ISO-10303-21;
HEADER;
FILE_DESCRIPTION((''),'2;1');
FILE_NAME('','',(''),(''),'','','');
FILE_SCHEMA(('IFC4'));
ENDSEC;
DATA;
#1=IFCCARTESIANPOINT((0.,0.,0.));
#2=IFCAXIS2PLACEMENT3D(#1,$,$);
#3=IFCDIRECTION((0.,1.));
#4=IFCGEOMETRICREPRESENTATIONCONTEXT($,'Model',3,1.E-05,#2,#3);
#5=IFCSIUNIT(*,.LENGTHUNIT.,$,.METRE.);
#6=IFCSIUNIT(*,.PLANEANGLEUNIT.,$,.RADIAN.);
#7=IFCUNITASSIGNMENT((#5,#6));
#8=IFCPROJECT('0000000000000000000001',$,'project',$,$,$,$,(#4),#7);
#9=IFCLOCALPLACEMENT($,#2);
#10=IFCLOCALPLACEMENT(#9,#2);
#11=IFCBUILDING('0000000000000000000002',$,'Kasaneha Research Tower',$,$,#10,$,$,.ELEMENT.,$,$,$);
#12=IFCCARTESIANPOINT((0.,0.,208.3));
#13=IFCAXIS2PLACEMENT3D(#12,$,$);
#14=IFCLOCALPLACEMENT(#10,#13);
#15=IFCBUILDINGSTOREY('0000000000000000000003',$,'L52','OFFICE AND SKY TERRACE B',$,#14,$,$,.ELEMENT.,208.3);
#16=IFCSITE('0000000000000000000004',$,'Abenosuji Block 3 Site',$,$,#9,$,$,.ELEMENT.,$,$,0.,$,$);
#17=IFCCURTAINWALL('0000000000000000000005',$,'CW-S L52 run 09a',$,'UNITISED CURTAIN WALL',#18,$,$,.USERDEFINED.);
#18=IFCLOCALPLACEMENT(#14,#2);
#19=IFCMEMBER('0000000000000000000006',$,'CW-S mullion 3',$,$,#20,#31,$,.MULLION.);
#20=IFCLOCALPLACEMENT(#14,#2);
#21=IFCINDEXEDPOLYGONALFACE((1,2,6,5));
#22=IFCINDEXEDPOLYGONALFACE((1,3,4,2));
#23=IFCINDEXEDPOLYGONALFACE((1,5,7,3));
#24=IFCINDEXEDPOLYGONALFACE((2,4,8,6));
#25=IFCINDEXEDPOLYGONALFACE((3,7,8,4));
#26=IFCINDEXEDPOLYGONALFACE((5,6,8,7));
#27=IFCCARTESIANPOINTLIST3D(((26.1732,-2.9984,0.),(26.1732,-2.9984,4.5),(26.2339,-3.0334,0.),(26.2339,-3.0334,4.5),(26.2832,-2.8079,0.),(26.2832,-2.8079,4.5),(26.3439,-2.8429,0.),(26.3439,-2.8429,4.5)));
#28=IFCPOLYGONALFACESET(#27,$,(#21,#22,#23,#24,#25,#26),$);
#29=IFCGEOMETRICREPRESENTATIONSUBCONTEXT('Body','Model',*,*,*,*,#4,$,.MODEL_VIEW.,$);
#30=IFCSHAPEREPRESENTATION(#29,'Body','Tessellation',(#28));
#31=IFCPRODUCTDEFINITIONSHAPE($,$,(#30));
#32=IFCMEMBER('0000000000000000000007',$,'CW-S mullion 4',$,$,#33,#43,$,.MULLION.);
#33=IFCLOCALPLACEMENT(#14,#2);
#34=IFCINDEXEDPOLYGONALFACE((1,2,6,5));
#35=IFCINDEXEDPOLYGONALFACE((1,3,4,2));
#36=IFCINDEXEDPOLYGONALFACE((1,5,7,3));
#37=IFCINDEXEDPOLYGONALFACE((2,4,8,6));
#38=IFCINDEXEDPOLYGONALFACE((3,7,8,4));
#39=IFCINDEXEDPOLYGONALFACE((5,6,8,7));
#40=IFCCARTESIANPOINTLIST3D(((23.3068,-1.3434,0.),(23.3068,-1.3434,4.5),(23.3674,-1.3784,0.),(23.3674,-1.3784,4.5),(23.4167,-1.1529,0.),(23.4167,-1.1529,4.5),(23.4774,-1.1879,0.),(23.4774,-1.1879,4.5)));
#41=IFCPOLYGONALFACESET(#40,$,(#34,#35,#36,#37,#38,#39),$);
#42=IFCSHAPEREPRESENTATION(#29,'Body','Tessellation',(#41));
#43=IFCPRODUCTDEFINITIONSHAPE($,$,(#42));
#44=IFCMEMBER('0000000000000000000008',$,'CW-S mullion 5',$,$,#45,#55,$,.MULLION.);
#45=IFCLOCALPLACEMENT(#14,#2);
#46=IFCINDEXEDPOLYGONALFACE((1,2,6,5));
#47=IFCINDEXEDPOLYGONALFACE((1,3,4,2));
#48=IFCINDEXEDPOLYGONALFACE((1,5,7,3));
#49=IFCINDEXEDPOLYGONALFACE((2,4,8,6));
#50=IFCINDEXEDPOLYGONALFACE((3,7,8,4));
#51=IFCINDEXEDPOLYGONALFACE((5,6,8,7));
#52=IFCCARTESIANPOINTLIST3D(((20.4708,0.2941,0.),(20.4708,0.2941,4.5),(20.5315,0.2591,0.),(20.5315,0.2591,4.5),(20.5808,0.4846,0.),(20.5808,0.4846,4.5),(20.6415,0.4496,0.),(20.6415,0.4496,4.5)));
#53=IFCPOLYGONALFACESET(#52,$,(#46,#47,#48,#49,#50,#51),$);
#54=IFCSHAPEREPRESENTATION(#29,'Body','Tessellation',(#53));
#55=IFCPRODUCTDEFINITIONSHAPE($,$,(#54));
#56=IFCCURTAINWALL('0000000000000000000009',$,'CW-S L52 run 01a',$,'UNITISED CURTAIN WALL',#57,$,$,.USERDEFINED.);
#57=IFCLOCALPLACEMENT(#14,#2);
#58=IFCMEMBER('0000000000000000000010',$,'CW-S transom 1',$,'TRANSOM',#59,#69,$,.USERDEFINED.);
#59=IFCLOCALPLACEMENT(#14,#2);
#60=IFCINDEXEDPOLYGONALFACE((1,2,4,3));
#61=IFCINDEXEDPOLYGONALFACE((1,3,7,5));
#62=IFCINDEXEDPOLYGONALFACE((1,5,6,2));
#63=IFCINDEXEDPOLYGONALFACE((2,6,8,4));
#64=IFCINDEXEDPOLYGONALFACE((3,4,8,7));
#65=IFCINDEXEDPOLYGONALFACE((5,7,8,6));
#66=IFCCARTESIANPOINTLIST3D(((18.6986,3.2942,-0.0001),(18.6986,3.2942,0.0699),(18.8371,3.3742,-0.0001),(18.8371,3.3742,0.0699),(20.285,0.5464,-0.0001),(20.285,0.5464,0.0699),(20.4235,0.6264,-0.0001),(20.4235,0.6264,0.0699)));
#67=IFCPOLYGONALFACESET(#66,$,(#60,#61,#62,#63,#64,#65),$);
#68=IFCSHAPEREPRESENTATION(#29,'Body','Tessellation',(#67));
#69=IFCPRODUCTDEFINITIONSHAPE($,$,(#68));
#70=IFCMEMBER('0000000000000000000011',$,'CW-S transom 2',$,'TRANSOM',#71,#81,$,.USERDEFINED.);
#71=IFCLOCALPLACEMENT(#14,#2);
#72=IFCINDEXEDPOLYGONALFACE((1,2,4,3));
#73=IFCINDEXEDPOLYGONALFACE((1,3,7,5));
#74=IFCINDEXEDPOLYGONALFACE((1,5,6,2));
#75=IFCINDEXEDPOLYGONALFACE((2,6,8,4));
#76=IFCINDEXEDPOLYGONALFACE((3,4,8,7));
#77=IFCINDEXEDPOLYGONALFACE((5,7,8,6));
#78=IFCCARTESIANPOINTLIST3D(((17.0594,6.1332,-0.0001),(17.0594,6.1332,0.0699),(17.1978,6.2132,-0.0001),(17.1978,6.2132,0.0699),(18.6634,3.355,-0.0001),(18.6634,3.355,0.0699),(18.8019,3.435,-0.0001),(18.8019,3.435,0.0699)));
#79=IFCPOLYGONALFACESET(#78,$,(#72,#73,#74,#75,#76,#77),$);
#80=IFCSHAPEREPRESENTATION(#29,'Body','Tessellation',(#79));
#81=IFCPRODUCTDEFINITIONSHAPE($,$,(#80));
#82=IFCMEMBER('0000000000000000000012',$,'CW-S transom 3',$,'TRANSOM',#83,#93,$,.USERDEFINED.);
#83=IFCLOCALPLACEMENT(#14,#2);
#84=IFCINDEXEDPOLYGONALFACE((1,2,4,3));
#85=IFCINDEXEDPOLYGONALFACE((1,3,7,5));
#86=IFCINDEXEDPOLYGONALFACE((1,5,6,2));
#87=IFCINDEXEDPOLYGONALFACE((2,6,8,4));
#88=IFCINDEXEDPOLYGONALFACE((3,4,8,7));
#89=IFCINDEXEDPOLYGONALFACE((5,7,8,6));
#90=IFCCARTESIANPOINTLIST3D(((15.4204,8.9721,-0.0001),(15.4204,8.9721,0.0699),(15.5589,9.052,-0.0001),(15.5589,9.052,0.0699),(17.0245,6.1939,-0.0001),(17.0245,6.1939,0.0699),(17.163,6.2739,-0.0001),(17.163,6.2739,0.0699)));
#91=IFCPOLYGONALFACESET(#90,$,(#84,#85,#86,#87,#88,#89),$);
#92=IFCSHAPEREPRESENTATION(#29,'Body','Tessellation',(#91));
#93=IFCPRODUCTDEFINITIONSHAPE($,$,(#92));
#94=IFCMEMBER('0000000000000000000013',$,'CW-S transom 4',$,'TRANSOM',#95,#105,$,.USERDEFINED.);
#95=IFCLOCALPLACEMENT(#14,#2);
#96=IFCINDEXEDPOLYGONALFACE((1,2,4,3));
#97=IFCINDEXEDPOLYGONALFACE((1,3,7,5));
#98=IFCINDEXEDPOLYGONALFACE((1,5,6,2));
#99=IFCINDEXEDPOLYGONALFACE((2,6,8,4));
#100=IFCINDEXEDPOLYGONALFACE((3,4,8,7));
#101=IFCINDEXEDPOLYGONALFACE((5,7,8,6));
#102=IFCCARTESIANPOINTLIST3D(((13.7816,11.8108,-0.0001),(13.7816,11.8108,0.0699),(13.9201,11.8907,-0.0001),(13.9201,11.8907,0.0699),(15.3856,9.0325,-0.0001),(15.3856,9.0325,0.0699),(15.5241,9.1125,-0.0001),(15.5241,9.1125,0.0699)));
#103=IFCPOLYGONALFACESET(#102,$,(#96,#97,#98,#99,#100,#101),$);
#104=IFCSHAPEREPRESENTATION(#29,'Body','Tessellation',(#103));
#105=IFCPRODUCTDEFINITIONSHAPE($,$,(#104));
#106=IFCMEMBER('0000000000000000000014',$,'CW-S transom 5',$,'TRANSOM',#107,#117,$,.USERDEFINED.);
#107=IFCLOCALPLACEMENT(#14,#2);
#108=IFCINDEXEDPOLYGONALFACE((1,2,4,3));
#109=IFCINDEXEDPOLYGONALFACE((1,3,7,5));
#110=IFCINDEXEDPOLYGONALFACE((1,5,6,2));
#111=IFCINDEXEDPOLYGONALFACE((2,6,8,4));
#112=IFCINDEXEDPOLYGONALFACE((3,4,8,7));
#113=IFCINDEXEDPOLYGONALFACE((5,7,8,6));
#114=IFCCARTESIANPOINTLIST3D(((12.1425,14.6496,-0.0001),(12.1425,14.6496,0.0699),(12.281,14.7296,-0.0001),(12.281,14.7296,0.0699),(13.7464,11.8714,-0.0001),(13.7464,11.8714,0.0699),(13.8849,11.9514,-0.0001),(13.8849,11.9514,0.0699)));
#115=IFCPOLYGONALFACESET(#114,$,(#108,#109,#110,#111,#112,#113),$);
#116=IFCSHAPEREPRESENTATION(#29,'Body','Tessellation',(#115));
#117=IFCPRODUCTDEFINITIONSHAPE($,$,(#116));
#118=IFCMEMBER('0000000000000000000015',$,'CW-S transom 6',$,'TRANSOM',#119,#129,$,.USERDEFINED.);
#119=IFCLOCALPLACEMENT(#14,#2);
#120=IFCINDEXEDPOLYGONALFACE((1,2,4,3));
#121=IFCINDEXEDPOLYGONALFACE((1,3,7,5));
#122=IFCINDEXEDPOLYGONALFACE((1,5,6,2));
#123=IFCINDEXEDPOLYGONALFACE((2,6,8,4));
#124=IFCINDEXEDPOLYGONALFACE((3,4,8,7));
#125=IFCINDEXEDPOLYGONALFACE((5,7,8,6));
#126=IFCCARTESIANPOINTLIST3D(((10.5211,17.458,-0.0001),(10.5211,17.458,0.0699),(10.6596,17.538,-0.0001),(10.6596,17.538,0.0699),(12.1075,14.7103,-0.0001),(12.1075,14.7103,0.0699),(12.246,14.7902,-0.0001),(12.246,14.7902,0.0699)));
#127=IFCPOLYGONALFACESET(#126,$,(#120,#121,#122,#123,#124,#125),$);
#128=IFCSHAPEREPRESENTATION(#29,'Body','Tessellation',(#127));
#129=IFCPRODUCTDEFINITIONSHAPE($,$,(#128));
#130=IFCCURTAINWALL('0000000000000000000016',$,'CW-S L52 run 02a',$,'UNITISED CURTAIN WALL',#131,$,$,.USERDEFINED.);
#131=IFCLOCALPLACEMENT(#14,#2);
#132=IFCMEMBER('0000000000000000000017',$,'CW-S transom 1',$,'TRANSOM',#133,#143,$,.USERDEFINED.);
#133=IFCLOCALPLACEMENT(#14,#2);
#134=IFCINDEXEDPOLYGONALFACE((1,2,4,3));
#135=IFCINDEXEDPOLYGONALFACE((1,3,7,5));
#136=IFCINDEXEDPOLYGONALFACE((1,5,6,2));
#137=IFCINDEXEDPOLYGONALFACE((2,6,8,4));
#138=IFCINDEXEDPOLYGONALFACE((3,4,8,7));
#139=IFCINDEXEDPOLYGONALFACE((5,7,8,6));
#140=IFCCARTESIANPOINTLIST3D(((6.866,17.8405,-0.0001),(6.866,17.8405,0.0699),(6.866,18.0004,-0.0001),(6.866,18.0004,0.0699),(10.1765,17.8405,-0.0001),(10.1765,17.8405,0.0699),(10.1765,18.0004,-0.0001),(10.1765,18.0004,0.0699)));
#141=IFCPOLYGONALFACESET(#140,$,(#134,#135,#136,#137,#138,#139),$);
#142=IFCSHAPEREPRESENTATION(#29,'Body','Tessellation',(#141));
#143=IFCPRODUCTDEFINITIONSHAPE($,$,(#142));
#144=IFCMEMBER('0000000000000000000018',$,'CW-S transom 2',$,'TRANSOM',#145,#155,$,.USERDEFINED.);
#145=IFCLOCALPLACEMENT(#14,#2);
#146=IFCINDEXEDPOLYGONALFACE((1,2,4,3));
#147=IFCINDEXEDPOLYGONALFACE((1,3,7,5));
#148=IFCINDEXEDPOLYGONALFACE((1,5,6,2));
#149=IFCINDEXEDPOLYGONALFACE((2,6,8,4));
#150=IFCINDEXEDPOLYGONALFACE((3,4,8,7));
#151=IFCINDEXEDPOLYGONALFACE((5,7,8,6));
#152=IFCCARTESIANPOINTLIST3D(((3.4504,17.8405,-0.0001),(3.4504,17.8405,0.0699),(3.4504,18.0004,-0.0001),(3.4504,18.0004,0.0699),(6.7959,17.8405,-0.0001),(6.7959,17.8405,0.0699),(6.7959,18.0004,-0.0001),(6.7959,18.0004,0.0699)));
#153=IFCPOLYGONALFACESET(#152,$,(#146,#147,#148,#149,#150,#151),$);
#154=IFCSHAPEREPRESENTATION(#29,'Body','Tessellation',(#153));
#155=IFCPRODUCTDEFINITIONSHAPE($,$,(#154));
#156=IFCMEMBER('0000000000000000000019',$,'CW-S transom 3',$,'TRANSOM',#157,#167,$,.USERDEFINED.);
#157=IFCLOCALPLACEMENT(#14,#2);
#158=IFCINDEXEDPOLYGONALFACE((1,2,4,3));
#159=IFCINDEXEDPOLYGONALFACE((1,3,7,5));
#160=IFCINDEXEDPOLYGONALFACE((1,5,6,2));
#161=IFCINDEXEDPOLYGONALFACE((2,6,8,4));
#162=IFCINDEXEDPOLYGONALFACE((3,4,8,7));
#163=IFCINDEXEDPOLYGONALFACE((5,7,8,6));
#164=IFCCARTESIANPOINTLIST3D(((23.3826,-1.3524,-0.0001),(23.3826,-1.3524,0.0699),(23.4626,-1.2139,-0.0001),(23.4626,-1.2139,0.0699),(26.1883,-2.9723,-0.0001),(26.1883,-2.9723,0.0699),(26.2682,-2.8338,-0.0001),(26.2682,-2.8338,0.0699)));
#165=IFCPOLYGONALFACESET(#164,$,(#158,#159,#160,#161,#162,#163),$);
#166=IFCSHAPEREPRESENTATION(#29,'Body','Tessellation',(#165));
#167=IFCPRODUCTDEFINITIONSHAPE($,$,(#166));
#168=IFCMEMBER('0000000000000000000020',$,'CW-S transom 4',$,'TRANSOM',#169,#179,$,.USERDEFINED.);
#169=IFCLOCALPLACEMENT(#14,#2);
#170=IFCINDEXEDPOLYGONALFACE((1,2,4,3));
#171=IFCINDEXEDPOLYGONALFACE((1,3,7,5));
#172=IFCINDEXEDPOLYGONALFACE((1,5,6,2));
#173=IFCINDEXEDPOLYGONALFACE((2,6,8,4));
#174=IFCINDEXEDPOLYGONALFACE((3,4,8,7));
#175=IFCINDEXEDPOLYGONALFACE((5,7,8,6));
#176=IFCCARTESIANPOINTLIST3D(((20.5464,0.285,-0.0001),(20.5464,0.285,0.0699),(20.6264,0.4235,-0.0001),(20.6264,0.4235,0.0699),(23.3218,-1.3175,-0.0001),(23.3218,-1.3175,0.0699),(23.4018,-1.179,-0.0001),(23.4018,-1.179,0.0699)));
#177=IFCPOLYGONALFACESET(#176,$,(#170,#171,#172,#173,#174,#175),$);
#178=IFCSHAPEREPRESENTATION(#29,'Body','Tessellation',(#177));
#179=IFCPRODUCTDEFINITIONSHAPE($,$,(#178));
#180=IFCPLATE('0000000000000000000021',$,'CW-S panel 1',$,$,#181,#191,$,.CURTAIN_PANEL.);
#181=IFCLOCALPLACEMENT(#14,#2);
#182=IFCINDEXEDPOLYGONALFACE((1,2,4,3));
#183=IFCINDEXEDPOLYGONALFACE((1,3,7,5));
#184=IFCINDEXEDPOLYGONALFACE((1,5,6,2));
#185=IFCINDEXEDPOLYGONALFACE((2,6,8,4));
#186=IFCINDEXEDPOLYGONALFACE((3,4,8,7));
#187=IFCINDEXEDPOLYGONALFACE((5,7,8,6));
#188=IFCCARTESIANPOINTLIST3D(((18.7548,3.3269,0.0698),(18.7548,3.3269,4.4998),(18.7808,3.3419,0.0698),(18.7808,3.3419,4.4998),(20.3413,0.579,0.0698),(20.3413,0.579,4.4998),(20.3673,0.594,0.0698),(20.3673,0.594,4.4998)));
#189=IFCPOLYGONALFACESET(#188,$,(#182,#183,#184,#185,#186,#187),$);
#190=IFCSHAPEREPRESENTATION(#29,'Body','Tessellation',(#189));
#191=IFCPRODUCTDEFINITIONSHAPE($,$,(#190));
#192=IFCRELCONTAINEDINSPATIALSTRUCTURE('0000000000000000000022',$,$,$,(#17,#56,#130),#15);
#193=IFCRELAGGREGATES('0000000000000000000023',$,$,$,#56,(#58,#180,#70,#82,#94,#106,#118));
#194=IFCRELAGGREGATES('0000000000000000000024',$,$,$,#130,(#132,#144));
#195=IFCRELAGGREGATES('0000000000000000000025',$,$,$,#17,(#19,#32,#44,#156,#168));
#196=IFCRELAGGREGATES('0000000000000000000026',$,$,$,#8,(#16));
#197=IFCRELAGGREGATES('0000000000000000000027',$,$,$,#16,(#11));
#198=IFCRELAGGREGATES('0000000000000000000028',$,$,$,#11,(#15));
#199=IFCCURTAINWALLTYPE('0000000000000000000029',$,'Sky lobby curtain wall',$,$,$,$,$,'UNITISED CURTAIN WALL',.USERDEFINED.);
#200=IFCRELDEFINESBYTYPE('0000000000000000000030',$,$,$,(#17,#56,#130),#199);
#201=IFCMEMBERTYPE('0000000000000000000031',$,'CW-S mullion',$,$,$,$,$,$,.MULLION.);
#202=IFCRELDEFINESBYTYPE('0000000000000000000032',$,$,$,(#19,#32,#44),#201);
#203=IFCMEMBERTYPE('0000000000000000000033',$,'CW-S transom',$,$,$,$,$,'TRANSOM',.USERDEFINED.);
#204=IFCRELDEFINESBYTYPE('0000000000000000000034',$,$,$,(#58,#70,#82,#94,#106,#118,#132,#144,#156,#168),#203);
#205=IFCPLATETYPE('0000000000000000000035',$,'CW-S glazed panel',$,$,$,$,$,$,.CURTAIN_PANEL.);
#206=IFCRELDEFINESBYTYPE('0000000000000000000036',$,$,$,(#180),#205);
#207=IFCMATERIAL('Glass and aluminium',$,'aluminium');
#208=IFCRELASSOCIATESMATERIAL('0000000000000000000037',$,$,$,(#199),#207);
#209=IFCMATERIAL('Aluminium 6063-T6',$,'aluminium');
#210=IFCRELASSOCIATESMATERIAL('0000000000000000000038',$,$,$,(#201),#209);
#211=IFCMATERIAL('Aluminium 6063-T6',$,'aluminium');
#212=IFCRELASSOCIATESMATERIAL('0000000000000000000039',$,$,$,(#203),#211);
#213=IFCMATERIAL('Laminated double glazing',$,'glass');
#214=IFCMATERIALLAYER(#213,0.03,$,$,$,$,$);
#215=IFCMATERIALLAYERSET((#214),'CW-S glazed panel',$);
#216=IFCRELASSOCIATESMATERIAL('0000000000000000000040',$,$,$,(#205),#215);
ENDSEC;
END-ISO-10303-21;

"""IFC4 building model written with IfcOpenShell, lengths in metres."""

from ifc_helpers import new_model, si_unit, direction, frame, origin, origin_2d, place, context, subcontext, project, spatial, rectangle, extrude, material, layer, layer_set, material_profile, profile_set, type_object, element, aggregate, save


model = new_model("IFC4")

# Units and contexts
model_context = context("Model", 3, precision=1e-05, world=origin(), true_north=direction((0.0, 1.0)))
body_context = subcontext(model_context, "Body", "Model", "MODEL_VIEW")
ifc_project = project(units=[si_unit("LENGTHUNIT", "METRE"), si_unit("PLANEANGLEUNIT", "RADIAN")], contexts=[model_context])

# Site, building, storey
site_placement = place(None, origin())
site = spatial("IfcSite", under=ifc_project, at=site_placement, Name="Abenosuji Block 3 Site", CompositionType="ELEMENT", RefElevation=0.0)
building_placement = place(site_placement, origin())
building = spatial("IfcBuilding", under=site, at=building_placement, Name="Kasaneha Research Tower", CompositionType="ELEMENT")
storey_placement = place(building_placement, frame((0.0, 0.0, 208.3)))
storey = spatial("IfcBuildingStorey", under=building, at=storey_placement, Name="L52", Description="OFFICE AND SKY TERRACE B", CompositionType="ELEMENT", Elevation=208.3)

# Curtain walls, members
ifc_material_1 = material(Name="Glass and aluminium", Category="aluminium")
curtain_wall_type = type_object("IfcCurtainWallType", Name="Sky lobby curtain wall", ElementType="UNITISED CURTAIN WALL", PredefinedType="USERDEFINED", material=ifc_material_1)
curtain_wall_1_placement = place(storey_placement, origin())
curtain_wall_1 = element("IfcCurtainWall", 1, at=curtain_wall_1_placement, inside=storey, type_object=curtain_wall_type, Name="CW-S L52 run 09a", ObjectType="UNITISED CURTAIN WALL", PredefinedType="USERDEFINED")
ifc_material_2 = material(Name="Aluminium 6063-T6", Category="aluminium")
ifc_material_profile_1 = material_profile(ifc_material_2, rectangle(XDim=0.0701, YDim=0.22, at=origin_2d()), Name="CW-S mullion 70x220")
ifc_profile_set_1 = profile_set([ifc_material_profile_1], Name="Aluminium 6063-T6")
member_type_1 = type_object("IfcMemberType", Name="CW-S mullion", PredefinedType="MULLION", material=ifc_profile_set_1)
member_1_placement = place(storey_placement, frame((26.2585, -2.9207, 0.0), z_axis=(0.0, 0.0, 1.0), x_axis=(-0.866025, 0.5, 0.0)))
member_1 = element("IfcMember", 2, at=member_1_placement, type_object=member_type_1, Name="CW-S mullion 3", PredefinedType="MULLION", context=body_context, shape_type="SweptSolid", body=[
    extrude(rectangle(XDim=0.0701, YDim=0.22, at=origin_2d()), origin(), (0.0, 0.0, 1.0), 4.5),
])
member_2_placement = place(storey_placement, frame((23.3921, -1.2656, 0.0), z_axis=(0.0, 0.0, 1.0), x_axis=(-0.866025, 0.5, 0.0)))
member_2 = element("IfcMember", 3, at=member_2_placement, type_object=member_type_1, Name="CW-S mullion 4", PredefinedType="MULLION", context=body_context, shape_type="SweptSolid", body=[
    extrude(rectangle(XDim=0.0701, YDim=0.22, at=origin_2d()), origin(), (0.0, 0.0, 1.0), 4.5),
])
member_3_placement = place(storey_placement, frame((20.5562, 0.3718, 0.0), z_axis=(0.0, 0.0, 1.0), x_axis=(-0.866025, 0.5, 0.0)))
member_3 = element("IfcMember", 4, at=member_3_placement, type_object=member_type_1, Name="CW-S mullion 5", PredefinedType="MULLION", context=body_context, shape_type="SweptSolid", body=[
    extrude(rectangle(XDim=0.0701, YDim=0.22, at=origin_2d()), origin(), (0.0, 0.0, 1.0), 4.5),
])
curtain_wall_2_placement = place(storey_placement, origin())
curtain_wall_2 = element("IfcCurtainWall", 5, at=curtain_wall_2_placement, inside=storey, type_object=curtain_wall_type, Name="CW-S L52 run 01a", ObjectType="UNITISED CURTAIN WALL", PredefinedType="USERDEFINED")
ifc_material_3 = material(Name="Aluminium 6063-T6", Category="aluminium")
ifc_material_profile_2 = material_profile(ifc_material_3, rectangle(XDim=0.1599, YDim=0.0701, at=origin_2d()), Name="CW-S transom 160x70")
ifc_profile_set_2 = profile_set([ifc_material_profile_2], Name="Aluminium 6063-T6")
member_type_2 = type_object("IfcMemberType", Name="CW-S transom", ElementType="TRANSOM", PredefinedType="USERDEFINED", material=ifc_profile_set_2)
member_4_placement = place(storey_placement, frame((20.3542, 0.5864, 0.0349), z_axis=(-0.499996, 0.866028, 0.0), x_axis=(-0.866028, -0.499996, 0.0)))
member_4 = element("IfcMember", 6, at=member_4_placement, type_object=member_type_2, Name="CW-S transom 1", ObjectType="TRANSOM", PredefinedType="USERDEFINED", context=body_context, shape_type="SweptSolid", body=[
    extrude(rectangle(XDim=0.1599, YDim=0.0701, at=origin_2d()), origin(), (0.0, 0.0, 1.0), 3.1729),
])
member_5_placement = place(storey_placement, frame((18.7327, 3.395, 0.0349), z_axis=(-0.500019, 0.866014, 0.0), x_axis=(-0.866014, -0.500019, 0.0)))
member_5 = element("IfcMember", 7, at=member_5_placement, type_object=member_type_2, Name="CW-S transom 2", ObjectType="TRANSOM", PredefinedType="USERDEFINED", context=body_context, shape_type="SweptSolid", body=[
    extrude(rectangle(XDim=0.1599, YDim=0.0701, at=origin_2d()), origin(), (0.0, 0.0, 1.0), 3.208),
])
member_6_placement = place(storey_placement, frame((17.0938, 6.2339, 0.0349), z_axis=(-0.500019, 0.866014, 0.0), x_axis=(-0.866014, -0.500019, 0.0)))
member_6 = element("IfcMember", 8, at=member_6_placement, type_object=member_type_2, Name="CW-S transom 3", ObjectType="TRANSOM", PredefinedType="USERDEFINED", context=body_context, shape_type="SweptSolid", body=[
    extrude(rectangle(XDim=0.1599, YDim=0.0701, at=origin_2d()), origin(), (0.0, 0.0, 1.0), 3.208),
])
member_7_placement = place(storey_placement, frame((15.4548, 9.0725, 0.0349), z_axis=(-0.499986, 0.866034, 0.0), x_axis=(-0.866034, -0.499986, 0.0)))
member_7 = element("IfcMember", 9, at=member_7_placement, type_object=member_type_2, Name="CW-S transom 4", ObjectType="TRANSOM", PredefinedType="USERDEFINED", context=body_context, shape_type="SweptSolid", body=[
    extrude(rectangle(XDim=0.1599, YDim=0.0701, at=origin_2d()), origin(), (0.0, 0.0, 1.0), 3.208),
])
member_8_placement = place(storey_placement, frame((13.8157, 11.9114, 0.0349), z_axis=(-0.499986, 0.866034, 0.0), x_axis=(-0.866034, -0.499986, 0.0)))
member_8 = element("IfcMember", 10, at=member_8_placement, type_object=member_type_2, Name="CW-S transom 5", ObjectType="TRANSOM", PredefinedType="USERDEFINED", context=body_context, shape_type="SweptSolid", body=[
    extrude(rectangle(XDim=0.1599, YDim=0.0701, at=origin_2d()), origin(), (0.0, 0.0, 1.0), 3.208),
])
member_9_placement = place(storey_placement, frame((12.1768, 14.7502, 0.0349), z_axis=(-0.499996, 0.866028, 0.0), x_axis=(-0.866028, -0.499996, 0.0)))
member_9 = element("IfcMember", 11, at=member_9_placement, type_object=member_type_2, Name="CW-S transom 6", ObjectType="TRANSOM", PredefinedType="USERDEFINED", context=body_context, shape_type="SweptSolid", body=[
    extrude(rectangle(XDim=0.1599, YDim=0.0701, at=origin_2d()), origin(), (0.0, 0.0, 1.0), 3.1729),
])
curtain_wall_3_placement = place(storey_placement, origin())
curtain_wall_3 = element("IfcCurtainWall", 12, at=curtain_wall_3_placement, inside=storey, type_object=curtain_wall_type, Name="CW-S L52 run 02a", ObjectType="UNITISED CURTAIN WALL", PredefinedType="USERDEFINED")
member_10_placement = place(storey_placement, frame((10.1765, 17.9204, 0.0349), z_axis=(-1.0, 0.0, 0.0), x_axis=(0.0, -1.0, 0.0)))
member_10 = element("IfcMember", 13, at=member_10_placement, type_object=member_type_2, Name="CW-S transom 1", ObjectType="TRANSOM", PredefinedType="USERDEFINED", context=body_context, shape_type="SweptSolid", body=[
    extrude(rectangle(XDim=0.1599, YDim=0.0701, at=origin_2d()), origin(), (0.0, 0.0, 1.0), 3.3105),
])
member_11_placement = place(storey_placement, frame((6.7959, 17.9204, 0.0349), z_axis=(-1.0, 0.0, 0.0), x_axis=(0.0, -1.0, 0.0)))
member_11 = element("IfcMember", 14, at=member_11_placement, type_object=member_type_2, Name="CW-S transom 2", ObjectType="TRANSOM", PredefinedType="USERDEFINED", context=body_context, shape_type="SweptSolid", body=[
    extrude(rectangle(XDim=0.1599, YDim=0.0701, at=origin_2d()), origin(), (0.0, 0.0, 1.0), 3.3455),
])

# Members
member_12_placement = place(storey_placement, frame((26.2283, -2.9031, 0.0349), z_axis=(-0.866022, 0.500005, 0.0), x_axis=(-0.500005, -0.866022, 0.0)))
member_12 = element("IfcMember", 15, at=member_12_placement, type_object=member_type_2, Name="CW-S transom 3", ObjectType="TRANSOM", PredefinedType="USERDEFINED", context=body_context, shape_type="SweptSolid", body=[
    extrude(rectangle(XDim=0.1599, YDim=0.0701, at=origin_2d()), origin(), (0.0, 0.0, 1.0), 3.2397),
])
member_13_placement = place(storey_placement, frame((23.3618, -1.2483, 0.0349), z_axis=(-0.866003, 0.500039, 0.0), x_axis=(-0.500039, -0.866003, 0.0)))
member_13 = element("IfcMember", 16, at=member_13_placement, type_object=member_type_2, Name="CW-S transom 4", ObjectType="TRANSOM", PredefinedType="USERDEFINED", context=body_context, shape_type="SweptSolid", body=[
    extrude(rectangle(XDim=0.1599, YDim=0.0701, at=origin_2d()), origin(), (0.0, 0.0, 1.0), 3.2048),
])

# Plate
ifc_material_4 = material(Name="Laminated double glazing", Category="glass")
ifc_layer_1 = layer(ifc_material_4, 0.03)
ifc_layer_set_1 = layer_set([ifc_layer_1], Name="CW-S glazed panel")
plate_type = type_object("IfcPlateType", Name="CW-S glazed panel", PredefinedType="CURTAIN_PANEL", material=ifc_layer_set_1)
plate_1_placement = place(storey_placement, frame((19.561, 1.9604, 0.0698), z_axis=(0.0, 0.0, 1.0), x_axis=(-0.5, 0.866025, 0.0)))
plate_1 = element("IfcPlate", 17, at=plate_1_placement, type_object=plate_type, Name="CW-S panel 1", PredefinedType="CURTAIN_PANEL", context=body_context, shape_type="SweptSolid", body=[
    extrude(rectangle(XDim=3.1731, YDim=0.03, at=origin_2d()), origin(), (0.0, 0.0, 1.0), 4.4299),
])
aggregate(curtain_wall_2, [member_4, plate_1, member_5, member_6, member_7, member_8, member_9])
aggregate(curtain_wall_3, [member_10, member_11])
aggregate(curtain_wall_1, [member_1, member_2, member_3, member_12, member_13])

save(model, "model.ifc")
